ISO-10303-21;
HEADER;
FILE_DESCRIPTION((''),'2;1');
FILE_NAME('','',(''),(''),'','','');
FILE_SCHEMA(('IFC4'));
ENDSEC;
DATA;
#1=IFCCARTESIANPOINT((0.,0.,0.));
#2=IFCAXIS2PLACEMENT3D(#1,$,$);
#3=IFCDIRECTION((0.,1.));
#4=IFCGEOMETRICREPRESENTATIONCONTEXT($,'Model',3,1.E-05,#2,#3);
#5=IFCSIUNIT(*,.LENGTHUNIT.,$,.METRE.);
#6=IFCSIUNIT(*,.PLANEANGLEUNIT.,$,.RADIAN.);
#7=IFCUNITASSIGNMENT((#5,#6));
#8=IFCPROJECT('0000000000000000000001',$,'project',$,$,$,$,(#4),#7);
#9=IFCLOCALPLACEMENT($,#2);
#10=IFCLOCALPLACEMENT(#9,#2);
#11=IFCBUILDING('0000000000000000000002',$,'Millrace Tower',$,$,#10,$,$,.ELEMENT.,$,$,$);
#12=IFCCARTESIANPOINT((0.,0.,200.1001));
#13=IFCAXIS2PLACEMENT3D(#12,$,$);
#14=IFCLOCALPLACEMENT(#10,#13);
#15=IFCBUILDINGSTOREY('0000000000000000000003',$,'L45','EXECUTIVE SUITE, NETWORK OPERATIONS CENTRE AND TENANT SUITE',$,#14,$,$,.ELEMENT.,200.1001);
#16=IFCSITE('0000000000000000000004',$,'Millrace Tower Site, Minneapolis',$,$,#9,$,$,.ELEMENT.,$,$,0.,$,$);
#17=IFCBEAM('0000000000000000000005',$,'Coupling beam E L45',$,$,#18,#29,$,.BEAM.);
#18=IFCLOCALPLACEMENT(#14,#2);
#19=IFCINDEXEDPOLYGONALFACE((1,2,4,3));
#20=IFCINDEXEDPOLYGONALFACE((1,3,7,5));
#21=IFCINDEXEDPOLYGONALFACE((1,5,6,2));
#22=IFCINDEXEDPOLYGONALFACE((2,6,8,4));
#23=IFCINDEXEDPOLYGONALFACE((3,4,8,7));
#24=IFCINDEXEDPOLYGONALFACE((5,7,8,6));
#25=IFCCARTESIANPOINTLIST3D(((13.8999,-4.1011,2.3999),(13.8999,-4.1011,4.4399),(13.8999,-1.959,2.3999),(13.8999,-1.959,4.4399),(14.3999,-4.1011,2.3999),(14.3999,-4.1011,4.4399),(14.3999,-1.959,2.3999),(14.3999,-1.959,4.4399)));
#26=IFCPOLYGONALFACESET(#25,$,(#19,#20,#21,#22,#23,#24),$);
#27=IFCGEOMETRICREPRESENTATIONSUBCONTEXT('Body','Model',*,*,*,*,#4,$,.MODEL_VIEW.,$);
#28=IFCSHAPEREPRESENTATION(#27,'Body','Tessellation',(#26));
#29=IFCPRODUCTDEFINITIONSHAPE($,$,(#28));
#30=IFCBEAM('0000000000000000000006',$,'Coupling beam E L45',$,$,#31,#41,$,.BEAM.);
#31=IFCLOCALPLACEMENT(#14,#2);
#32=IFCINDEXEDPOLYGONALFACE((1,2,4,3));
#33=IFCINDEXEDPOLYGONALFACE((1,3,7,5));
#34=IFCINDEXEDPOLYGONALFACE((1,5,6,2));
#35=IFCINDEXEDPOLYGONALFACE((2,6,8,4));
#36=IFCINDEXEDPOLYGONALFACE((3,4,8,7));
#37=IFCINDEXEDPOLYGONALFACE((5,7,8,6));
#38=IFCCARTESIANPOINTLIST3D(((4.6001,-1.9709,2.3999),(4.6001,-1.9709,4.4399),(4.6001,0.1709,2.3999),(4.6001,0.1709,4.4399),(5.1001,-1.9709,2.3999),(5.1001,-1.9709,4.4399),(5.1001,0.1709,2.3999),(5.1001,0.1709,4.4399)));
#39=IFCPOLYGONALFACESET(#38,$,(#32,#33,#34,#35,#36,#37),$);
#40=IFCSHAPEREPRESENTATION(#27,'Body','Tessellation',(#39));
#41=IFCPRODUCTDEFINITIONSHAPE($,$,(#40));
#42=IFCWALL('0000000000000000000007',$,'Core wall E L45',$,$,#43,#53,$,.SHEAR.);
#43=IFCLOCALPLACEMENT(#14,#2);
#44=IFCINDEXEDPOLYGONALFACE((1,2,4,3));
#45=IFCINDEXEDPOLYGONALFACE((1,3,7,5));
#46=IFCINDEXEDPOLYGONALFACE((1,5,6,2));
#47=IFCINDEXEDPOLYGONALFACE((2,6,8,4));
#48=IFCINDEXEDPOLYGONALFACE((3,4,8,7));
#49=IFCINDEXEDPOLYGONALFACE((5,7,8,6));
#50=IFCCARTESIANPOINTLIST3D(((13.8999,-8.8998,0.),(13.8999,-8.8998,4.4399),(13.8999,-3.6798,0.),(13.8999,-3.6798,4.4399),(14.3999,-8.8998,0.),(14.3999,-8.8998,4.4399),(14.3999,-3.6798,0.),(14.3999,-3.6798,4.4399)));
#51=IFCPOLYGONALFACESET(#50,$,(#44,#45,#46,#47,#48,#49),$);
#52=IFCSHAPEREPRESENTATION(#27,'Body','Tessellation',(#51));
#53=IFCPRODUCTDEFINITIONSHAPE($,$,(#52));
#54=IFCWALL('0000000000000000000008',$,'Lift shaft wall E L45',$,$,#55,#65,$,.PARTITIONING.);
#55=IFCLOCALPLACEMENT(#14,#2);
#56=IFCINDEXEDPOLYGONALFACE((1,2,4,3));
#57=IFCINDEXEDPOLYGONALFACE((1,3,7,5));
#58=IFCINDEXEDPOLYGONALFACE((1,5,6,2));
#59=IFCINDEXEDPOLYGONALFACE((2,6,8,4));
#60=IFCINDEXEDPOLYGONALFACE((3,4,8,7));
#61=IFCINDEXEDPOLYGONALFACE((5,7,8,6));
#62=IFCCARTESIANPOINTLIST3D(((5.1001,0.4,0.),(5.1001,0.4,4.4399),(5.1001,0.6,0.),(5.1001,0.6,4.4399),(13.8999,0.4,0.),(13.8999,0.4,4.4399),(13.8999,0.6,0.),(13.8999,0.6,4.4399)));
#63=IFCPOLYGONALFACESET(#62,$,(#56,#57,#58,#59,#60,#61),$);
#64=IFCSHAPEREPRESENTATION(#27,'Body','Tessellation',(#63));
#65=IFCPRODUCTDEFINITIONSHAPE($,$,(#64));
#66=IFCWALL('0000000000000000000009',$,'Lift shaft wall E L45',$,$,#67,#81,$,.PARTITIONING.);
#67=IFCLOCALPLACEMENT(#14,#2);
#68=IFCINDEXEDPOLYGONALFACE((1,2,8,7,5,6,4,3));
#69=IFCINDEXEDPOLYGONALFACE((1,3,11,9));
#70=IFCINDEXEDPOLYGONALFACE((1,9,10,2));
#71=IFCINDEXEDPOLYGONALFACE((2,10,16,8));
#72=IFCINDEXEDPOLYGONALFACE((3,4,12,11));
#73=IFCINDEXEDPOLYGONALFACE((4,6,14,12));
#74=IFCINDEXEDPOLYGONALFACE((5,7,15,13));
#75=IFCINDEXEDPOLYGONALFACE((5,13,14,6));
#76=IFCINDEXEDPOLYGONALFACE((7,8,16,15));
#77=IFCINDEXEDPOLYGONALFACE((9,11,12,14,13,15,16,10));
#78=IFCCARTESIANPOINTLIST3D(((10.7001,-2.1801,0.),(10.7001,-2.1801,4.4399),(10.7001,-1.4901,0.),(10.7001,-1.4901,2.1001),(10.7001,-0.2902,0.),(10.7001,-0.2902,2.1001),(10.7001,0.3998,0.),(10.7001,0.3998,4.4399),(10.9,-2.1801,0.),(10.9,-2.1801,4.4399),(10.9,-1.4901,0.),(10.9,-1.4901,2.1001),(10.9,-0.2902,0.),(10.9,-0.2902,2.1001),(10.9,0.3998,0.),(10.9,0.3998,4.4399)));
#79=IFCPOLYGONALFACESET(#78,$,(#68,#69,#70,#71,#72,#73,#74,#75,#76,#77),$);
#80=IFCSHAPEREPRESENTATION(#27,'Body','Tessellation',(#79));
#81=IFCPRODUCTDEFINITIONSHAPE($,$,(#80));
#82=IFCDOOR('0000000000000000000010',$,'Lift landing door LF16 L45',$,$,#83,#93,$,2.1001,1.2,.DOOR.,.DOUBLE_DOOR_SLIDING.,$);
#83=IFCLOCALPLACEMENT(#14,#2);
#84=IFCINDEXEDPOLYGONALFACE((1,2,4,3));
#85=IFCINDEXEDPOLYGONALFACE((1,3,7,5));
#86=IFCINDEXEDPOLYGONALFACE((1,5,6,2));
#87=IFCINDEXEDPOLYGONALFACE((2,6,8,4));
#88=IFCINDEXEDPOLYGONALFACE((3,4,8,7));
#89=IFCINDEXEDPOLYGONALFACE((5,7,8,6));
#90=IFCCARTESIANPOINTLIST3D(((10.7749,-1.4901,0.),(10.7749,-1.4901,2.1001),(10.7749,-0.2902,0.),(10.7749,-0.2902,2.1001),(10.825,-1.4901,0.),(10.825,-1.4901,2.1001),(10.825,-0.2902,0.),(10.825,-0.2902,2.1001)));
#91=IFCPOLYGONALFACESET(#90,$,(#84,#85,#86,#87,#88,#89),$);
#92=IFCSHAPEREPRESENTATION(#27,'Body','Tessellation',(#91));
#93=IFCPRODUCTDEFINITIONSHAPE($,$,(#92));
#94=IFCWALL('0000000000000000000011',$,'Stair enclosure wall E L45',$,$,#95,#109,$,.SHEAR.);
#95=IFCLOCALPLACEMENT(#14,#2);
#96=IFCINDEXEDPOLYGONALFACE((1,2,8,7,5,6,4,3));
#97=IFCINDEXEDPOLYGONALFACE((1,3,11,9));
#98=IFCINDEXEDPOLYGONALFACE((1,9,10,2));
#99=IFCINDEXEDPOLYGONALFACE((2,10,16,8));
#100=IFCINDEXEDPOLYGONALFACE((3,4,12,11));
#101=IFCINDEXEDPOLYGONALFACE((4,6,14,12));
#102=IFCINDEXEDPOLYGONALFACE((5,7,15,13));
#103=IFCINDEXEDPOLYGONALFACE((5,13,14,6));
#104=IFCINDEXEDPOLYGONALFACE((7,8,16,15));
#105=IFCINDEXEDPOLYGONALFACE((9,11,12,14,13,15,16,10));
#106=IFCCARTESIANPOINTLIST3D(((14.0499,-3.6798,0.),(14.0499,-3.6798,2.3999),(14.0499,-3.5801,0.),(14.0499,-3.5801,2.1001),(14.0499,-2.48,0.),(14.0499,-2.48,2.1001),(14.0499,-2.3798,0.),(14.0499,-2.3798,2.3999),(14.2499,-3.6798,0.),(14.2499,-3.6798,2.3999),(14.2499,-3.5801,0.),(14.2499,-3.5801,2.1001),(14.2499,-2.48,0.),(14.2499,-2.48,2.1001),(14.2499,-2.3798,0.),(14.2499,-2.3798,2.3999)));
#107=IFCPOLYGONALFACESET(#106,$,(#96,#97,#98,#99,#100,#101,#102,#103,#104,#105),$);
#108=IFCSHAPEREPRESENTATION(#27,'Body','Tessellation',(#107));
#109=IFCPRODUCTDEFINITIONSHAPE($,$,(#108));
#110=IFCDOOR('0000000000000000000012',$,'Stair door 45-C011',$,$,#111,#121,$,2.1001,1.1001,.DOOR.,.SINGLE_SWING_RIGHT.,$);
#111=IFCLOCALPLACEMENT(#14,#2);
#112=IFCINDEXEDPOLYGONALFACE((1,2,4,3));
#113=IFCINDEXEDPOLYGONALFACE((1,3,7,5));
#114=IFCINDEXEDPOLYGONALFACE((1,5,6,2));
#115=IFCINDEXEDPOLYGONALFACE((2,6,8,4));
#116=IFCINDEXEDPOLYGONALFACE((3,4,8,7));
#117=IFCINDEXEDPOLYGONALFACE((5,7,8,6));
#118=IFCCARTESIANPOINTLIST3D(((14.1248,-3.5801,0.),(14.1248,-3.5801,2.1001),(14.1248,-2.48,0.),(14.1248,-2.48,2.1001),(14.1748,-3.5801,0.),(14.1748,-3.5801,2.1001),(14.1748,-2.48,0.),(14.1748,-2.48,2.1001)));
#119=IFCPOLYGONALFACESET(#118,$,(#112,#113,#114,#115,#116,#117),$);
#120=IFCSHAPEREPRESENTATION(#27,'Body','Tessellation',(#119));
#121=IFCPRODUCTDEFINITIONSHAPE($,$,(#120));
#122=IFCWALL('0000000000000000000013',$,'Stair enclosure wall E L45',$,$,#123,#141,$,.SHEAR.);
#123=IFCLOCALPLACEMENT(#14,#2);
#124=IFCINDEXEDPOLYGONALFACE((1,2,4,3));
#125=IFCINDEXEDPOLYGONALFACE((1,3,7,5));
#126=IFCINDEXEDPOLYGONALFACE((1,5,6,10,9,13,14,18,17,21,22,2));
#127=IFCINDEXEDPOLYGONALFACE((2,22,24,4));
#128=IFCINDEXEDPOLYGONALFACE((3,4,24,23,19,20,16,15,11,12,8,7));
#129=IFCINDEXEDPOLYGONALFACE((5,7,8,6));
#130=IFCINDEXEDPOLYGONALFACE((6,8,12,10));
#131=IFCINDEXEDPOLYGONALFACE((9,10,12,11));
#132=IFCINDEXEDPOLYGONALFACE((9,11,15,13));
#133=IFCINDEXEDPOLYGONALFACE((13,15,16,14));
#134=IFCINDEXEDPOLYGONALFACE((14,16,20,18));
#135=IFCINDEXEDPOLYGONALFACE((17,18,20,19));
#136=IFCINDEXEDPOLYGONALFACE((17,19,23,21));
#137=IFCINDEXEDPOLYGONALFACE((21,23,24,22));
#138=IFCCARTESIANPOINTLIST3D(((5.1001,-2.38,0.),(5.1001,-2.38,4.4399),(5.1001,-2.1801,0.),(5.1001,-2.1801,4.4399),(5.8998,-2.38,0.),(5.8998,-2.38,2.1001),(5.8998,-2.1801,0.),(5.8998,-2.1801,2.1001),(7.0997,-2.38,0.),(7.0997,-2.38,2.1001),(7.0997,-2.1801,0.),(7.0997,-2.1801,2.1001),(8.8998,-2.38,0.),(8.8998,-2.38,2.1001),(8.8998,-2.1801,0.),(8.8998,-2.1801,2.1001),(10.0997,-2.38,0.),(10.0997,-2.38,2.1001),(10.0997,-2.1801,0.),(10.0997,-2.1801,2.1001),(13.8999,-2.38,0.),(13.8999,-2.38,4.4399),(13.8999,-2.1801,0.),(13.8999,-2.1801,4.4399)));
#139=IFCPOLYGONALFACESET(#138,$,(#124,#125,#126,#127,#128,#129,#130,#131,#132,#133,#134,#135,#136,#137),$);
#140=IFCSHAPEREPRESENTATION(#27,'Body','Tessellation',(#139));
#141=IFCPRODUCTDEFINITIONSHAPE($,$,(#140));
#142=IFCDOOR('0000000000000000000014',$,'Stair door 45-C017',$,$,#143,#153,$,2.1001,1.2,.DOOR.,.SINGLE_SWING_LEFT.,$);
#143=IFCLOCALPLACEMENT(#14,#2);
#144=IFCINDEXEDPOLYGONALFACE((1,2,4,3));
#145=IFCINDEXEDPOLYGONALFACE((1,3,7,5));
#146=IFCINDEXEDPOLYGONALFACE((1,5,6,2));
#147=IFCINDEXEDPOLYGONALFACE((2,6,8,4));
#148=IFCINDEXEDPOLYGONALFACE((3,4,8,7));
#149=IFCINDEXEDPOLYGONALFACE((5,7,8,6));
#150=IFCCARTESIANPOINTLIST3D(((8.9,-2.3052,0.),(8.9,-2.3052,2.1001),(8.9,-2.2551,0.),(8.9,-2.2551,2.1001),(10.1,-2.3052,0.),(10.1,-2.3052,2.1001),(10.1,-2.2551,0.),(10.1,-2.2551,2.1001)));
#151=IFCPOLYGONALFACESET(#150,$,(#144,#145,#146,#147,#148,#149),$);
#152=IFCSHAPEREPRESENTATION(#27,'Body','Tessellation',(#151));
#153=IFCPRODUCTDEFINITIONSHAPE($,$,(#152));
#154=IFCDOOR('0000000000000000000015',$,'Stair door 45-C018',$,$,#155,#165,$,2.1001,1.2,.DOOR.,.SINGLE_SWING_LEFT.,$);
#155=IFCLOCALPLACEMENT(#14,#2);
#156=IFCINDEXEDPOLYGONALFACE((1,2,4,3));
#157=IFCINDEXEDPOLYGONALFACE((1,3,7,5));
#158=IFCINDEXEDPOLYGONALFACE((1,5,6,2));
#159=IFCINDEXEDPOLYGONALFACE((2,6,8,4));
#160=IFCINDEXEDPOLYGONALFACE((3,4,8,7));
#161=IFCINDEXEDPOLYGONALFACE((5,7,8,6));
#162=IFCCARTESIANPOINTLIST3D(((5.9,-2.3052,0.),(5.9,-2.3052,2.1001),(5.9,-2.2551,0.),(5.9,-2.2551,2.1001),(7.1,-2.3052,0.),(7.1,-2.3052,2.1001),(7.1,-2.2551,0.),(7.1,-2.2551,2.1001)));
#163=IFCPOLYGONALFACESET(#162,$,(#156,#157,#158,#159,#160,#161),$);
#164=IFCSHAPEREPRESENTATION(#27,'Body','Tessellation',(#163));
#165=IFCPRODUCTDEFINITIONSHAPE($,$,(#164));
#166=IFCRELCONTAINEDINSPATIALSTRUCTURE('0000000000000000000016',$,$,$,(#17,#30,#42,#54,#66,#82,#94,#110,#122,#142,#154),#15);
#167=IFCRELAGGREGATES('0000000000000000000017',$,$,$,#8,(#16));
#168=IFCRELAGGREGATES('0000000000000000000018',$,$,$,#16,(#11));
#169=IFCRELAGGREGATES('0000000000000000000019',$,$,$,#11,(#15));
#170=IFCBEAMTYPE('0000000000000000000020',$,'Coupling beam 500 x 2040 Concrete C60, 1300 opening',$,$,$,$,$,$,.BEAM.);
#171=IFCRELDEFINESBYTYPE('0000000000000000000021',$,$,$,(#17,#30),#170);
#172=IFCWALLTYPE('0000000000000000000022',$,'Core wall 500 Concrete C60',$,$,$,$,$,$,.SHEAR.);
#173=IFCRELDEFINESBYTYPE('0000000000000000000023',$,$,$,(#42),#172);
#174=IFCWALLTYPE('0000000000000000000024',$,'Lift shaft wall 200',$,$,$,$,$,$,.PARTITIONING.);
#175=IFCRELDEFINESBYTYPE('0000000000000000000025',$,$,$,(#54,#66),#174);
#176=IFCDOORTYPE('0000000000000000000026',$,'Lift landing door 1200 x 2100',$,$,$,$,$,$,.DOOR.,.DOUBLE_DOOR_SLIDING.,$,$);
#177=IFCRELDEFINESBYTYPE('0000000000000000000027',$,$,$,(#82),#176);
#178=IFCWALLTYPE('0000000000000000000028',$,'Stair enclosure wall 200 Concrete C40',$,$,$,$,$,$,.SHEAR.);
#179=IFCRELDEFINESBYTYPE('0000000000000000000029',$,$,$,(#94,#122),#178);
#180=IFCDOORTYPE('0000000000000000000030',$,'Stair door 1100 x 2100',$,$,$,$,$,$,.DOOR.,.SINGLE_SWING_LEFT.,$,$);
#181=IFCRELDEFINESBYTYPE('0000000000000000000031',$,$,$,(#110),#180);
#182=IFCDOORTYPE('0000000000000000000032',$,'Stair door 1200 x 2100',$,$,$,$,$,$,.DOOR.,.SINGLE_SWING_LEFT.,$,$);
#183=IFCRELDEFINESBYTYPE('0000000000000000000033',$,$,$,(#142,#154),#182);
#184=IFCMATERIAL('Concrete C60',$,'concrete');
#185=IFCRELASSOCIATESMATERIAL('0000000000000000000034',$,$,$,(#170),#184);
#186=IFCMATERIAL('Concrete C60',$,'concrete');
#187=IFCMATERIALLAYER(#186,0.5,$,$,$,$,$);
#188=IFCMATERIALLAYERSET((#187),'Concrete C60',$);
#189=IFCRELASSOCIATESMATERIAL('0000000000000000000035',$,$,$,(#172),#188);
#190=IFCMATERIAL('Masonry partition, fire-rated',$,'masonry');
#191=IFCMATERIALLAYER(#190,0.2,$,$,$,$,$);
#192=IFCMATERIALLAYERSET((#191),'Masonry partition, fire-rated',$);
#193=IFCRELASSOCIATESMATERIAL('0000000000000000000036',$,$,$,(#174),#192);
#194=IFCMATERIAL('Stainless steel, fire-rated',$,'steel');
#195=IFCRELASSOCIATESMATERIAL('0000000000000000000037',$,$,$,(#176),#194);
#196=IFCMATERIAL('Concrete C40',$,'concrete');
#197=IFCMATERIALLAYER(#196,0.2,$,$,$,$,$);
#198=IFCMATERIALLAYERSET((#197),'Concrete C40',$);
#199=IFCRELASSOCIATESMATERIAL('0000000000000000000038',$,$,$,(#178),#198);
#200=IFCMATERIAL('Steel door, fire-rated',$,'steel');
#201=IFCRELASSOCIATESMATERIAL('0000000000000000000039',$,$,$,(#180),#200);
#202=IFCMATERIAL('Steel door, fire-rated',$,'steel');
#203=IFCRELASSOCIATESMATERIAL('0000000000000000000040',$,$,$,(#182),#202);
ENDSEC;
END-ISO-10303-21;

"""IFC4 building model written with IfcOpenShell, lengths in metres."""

from ifc_helpers import new_model, si_unit, direction, frame, frame_2d, origin, origin_2d, place, context, subcontext, project, spatial, rectangle, extrude, material, layer, layer_set, material_profile, profile_set, type_object, element, fill, save


model = new_model("IFC4")

# Units and contexts
model_context = context("Model", 3, precision=1e-05, world=origin(), true_north=direction((0.0, 1.0)))
body_context = subcontext(model_context, "Body", "Model", "MODEL_VIEW")
ifc_project = project(units=[si_unit("LENGTHUNIT", "METRE"), si_unit("PLANEANGLEUNIT", "RADIAN")], contexts=[model_context])

# Site, building, storey
site_placement = place(None, origin())
site = spatial("IfcSite", under=ifc_project, at=site_placement, Name="Millrace Tower Site, Minneapolis", CompositionType="ELEMENT", RefElevation=0.0)
building_placement = place(site_placement, origin())
building = spatial("IfcBuilding", under=site, at=building_placement, Name="Millrace Tower", CompositionType="ELEMENT")
storey_placement = place(building_placement, frame((0.0, 0.0, 200.1001)))
storey = spatial("IfcBuildingStorey", under=building, at=storey_placement, Name="L45", Description="EXECUTIVE SUITE, NETWORK OPERATIONS CENTRE AND TENANT SUITE", CompositionType="ELEMENT", Elevation=200.1001)

# Beams
ifc_material_1 = material(Name="Concrete C60", Category="concrete")
ifc_material_profile = material_profile(ifc_material_1, rectangle(XDim=0.5, YDim=2.04, at=origin_2d()))
ifc_profile_set = profile_set([ifc_material_profile], Name="Concrete C60")
beam_type = type_object("IfcBeamType", Name="Coupling beam 500 x 2040 Concrete C60, 1300 opening", PredefinedType="BEAM", material=ifc_profile_set)
beam_1_placement = place(storey_placement, frame((14.1499, -1.959, 3.4199), z_axis=(0.0, -1.0, 0.0), x_axis=(1.0, 0.0, 0.0)))
element("IfcBeam", 1, at=beam_1_placement, inside=storey, type_object=beam_type, Name="Coupling beam E L45", PredefinedType="BEAM", context=body_context, shape_type="SweptSolid", body=[
    extrude(rectangle(XDim=0.5, YDim=2.04, at=origin_2d()), origin(), (0.0, 0.0, 1.0), 2.1421),
])
beam_2_placement = place(storey_placement, frame((4.8501, 0.1709, 3.4199), z_axis=(0.0, -1.0, 0.0), x_axis=(1.0, 0.0, 0.0)))
element("IfcBeam", 2, at=beam_2_placement, inside=storey, type_object=beam_type, Name="Coupling beam E L45", PredefinedType="BEAM", context=body_context, shape_type="SweptSolid", body=[
    extrude(rectangle(XDim=0.5, YDim=2.04, at=origin_2d()), origin(), (0.0, 0.0, 1.0), 2.1418),
])

# Walls
ifc_material_2 = material(Name="Concrete C60", Category="concrete")
ifc_layer_1 = layer(ifc_material_2, 0.5)
ifc_layer_set_1 = layer_set([ifc_layer_1], Name="Concrete C60")
wall_type_1 = type_object("IfcWallType", Name="Core wall 500 Concrete C60", PredefinedType="SHEAR", material=ifc_layer_set_1)
wall_1_placement = place(storey_placement, frame((14.1499, -3.6799, 0.0), z_axis=(0.0, 0.0, 1.0), x_axis=(0.0, -1.0, 0.0)))
element("IfcWall", 3, at=wall_1_placement, inside=storey, type_object=wall_type_1, Name="Core wall E L45", PredefinedType="SHEAR", context=body_context, shape_type="SweptSolid", body=[
    extrude(rectangle(XDim=5.22, YDim=0.5, at=frame_2d((2.6099, 0.0))), origin(), (0.0, 0.0, 1.0), 4.4399),
])
ifc_material_3 = material(Name="Masonry partition, fire-rated", Category="masonry")
ifc_layer_2 = layer(ifc_material_3, 0.2)
ifc_layer_set_2 = layer_set([ifc_layer_2], Name="Masonry partition, fire-rated")
wall_type_2 = type_object("IfcWallType", Name="Lift shaft wall 200", PredefinedType="PARTITIONING", material=ifc_layer_set_2)
wall_2_placement = place(storey_placement, frame((13.8999, 0.5, 0.0), z_axis=(0.0, 0.0, 1.0), x_axis=(-1.0, 0.0, 0.0)))
element("IfcWall", 4, at=wall_2_placement, inside=storey, type_object=wall_type_2, Name="Lift shaft wall E L45", PredefinedType="PARTITIONING", context=body_context, shape_type="SweptSolid", body=[
    extrude(rectangle(XDim=8.7998, YDim=0.2, at=frame_2d((4.3999, 0.0))), origin(), (0.0, 0.0, 1.0), 4.4399),
])

# Walls, openings, doors
wall_3_placement = place(storey_placement, frame((10.8, 0.3999, 0.0), z_axis=(0.0, 0.0, 1.0), x_axis=(0.0, -1.0, 0.0)))
wall_3 = element("IfcWall", 5, at=wall_3_placement, inside=storey, type_object=wall_type_2, Name="Lift shaft wall E L45", PredefinedType="PARTITIONING", context=body_context, shape_type="SweptSolid", body=[
    extrude(rectangle(XDim=2.5798, YDim=0.2, at=frame_2d((1.29, 0.0))), origin(), (0.0, 0.0, 1.0), 4.4399),
])
opening_1_placement = place(wall_3_placement, frame((0.6899, 0.0, 0.0)))
opening_1 = element("IfcOpeningElement", 6, at=opening_1_placement, cuts=wall_3, PredefinedType="OPENING", context=body_context, shape_type="SweptSolid", body=[
    extrude(rectangle(XDim=1.2, YDim=2.1001, at=frame_2d((0.6001, 1.05))), frame((0.0, 0.1099, 0.0), z_axis=(0.0, -1.0, 0.0), x_axis=(1.0, 0.0, 0.0)), (0.0, 0.0, 1.0), 0.22),
])
ifc_material_4 = material(Name="Stainless steel, fire-rated", Category="steel")
door_type_1 = type_object("IfcDoorType", Name="Lift landing door 1200 x 2100", OperationType="DOUBLE_DOOR_SLIDING", PredefinedType="DOOR", material=ifc_material_4)
door_1_placement = place(opening_1_placement, origin())
door_1 = element("IfcDoor", 7, at=door_1_placement, inside=storey, type_object=door_type_1, Name="Lift landing door LF16 L45", OperationType="DOUBLE_DOOR_SLIDING", OverallHeight=2.1001, OverallWidth=1.2, PredefinedType="DOOR", context=body_context, shape_type="SweptSolid", body=[
    extrude(rectangle(XDim=1.2, YDim=2.1001, at=frame_2d((0.6001, 1.05))), frame((0.0, 0.0249, 0.0), z_axis=(0.0, -1.0, 0.0), x_axis=(1.0, 0.0, 0.0)), (0.0, 0.0, 1.0), 0.05),
])
fill(opening_1, door_1)
ifc_material_5 = material(Name="Concrete C40", Category="concrete")
ifc_layer_3 = layer(ifc_material_5, 0.2)
ifc_layer_set_3 = layer_set([ifc_layer_3], Name="Concrete C40")
wall_type_3 = type_object("IfcWallType", Name="Stair enclosure wall 200 Concrete C40", PredefinedType="SHEAR", material=ifc_layer_set_3)
wall_4_placement = place(storey_placement, frame((14.1499, -2.3799, 0.0), z_axis=(0.0, 0.0, 1.0), x_axis=(0.0, -1.0, 0.0)))
wall_4 = element("IfcWall", 8, at=wall_4_placement, inside=storey, type_object=wall_type_3, Name="Stair enclosure wall E L45", PredefinedType="SHEAR", context=body_context, shape_type="SweptSolid", body=[
    extrude(rectangle(XDim=1.3, YDim=0.2, at=frame_2d((0.6499, 0.0))), origin(), (0.0, 0.0, 1.0), 2.3999),
])
opening_2_placement = place(wall_4_placement, frame((0.1001, 0.0, 0.0)))
opening_2 = element("IfcOpeningElement", 9, at=opening_2_placement, cuts=wall_4, PredefinedType="OPENING", context=body_context, shape_type="SweptSolid", body=[
    extrude(rectangle(XDim=1.1001, YDim=2.1001, at=frame_2d((0.55, 1.05))), frame((0.0, 0.1099, 0.0), z_axis=(0.0, -1.0, 0.0), x_axis=(1.0, 0.0, 0.0)), (0.0, 0.0, 1.0), 0.22),
])
ifc_material_6 = material(Name="Steel door, fire-rated", Category="steel")
door_type_2 = type_object("IfcDoorType", Name="Stair door 1100 x 2100", OperationType="SINGLE_SWING_LEFT", PredefinedType="DOOR", material=ifc_material_6)
door_2_placement = place(opening_2_placement, origin())
door_2 = element("IfcDoor", 10, at=door_2_placement, inside=storey, type_object=door_type_2, Name="Stair door 45-C011", OperationType="SINGLE_SWING_RIGHT", OverallHeight=2.1001, OverallWidth=1.1001, PredefinedType="DOOR", context=body_context, shape_type="SweptSolid", body=[
    extrude(rectangle(XDim=1.1001, YDim=2.1001, at=frame_2d((0.55, 1.05))), frame((0.0, 0.0249, 0.0), z_axis=(0.0, -1.0, 0.0), x_axis=(1.0, 0.0, 0.0)), (0.0, 0.0, 1.0), 0.05),
])
fill(opening_2, door_2)

# Wall, openings, doors
wall_5_placement = place(storey_placement, frame((13.8999, -2.28, 0.0), z_axis=(0.0, 0.0, 1.0), x_axis=(-1.0, 0.0, 0.0)))
wall_5 = element("IfcWall", 11, at=wall_5_placement, inside=storey, type_object=wall_type_3, Name="Stair enclosure wall E L45", PredefinedType="SHEAR", context=body_context, shape_type="SweptSolid", body=[
    extrude(rectangle(XDim=8.7998, YDim=0.2, at=frame_2d((4.3999, 0.0))), origin(), (0.0, 0.0, 1.0), 4.4399),
])
opening_3_placement = place(wall_5_placement, frame((3.8, 0.0, 0.0)))
opening_3 = element("IfcOpeningElement", 12, at=opening_3_placement, cuts=wall_5, PredefinedType="OPENING", context=body_context, shape_type="SweptSolid", body=[
    extrude(rectangle(XDim=1.2, YDim=2.1001, at=frame_2d((0.6001, 1.05))), frame((0.0, 0.1099, 0.0), z_axis=(0.0, -1.0, 0.0), x_axis=(1.0, 0.0, 0.0)), (0.0, 0.0, 1.0), 0.22),
])
opening_4_placement = place(wall_5_placement, frame((6.8, 0.0, 0.0)))
opening_4 = element("IfcOpeningElement", 13, at=opening_4_placement, cuts=wall_5, PredefinedType="OPENING", context=body_context, shape_type="SweptSolid", body=[
    extrude(rectangle(XDim=1.2, YDim=2.1001, at=frame_2d((0.6001, 1.05))), frame((0.0, 0.1099, 0.0), z_axis=(0.0, -1.0, 0.0), x_axis=(1.0, 0.0, 0.0)), (0.0, 0.0, 1.0), 0.22),
])
ifc_material_7 = material(Name="Steel door, fire-rated", Category="steel")
door_type_3 = type_object("IfcDoorType", Name="Stair door 1200 x 2100", OperationType="SINGLE_SWING_LEFT", PredefinedType="DOOR", material=ifc_material_7)
door_3_placement = place(opening_3_placement, frame((1.2, 0.0, 0.0), z_axis=(0.0, 0.0, 1.0), x_axis=(-1.0, 0.0, 0.0)))
door_3 = element("IfcDoor", 14, at=door_3_placement, inside=storey, type_object=door_type_3, Name="Stair door 45-C017", OperationType="SINGLE_SWING_LEFT", OverallHeight=2.1001, OverallWidth=1.2, PredefinedType="DOOR", context=body_context, shape_type="SweptSolid", body=[
    extrude(rectangle(XDim=1.2, YDim=2.1001, at=frame_2d((0.6001, 1.05))), frame((0.0, 0.0249, 0.0), z_axis=(0.0, -1.0, 0.0), x_axis=(1.0, 0.0, 0.0)), (0.0, 0.0, 1.0), 0.05),
])
fill(opening_3, door_3)
door_4_placement = place(opening_4_placement, frame((1.2, 0.0, 0.0), z_axis=(0.0, 0.0, 1.0), x_axis=(-1.0, 0.0, 0.0)))
door_4 = element("IfcDoor", 15, at=door_4_placement, inside=storey, type_object=door_type_3, Name="Stair door 45-C018", OperationType="SINGLE_SWING_LEFT", OverallHeight=2.1001, OverallWidth=1.2, PredefinedType="DOOR", context=body_context, shape_type="SweptSolid", body=[
    extrude(rectangle(XDim=1.2, YDim=2.1001, at=frame_2d((0.6001, 1.05))), frame((0.0, 0.0249, 0.0), z_axis=(0.0, -1.0, 0.0), x_axis=(1.0, 0.0, 0.0)), (0.0, 0.0, 1.0), 0.05),
])
fill(opening_4, door_4)

save(model, "model.ifc")
